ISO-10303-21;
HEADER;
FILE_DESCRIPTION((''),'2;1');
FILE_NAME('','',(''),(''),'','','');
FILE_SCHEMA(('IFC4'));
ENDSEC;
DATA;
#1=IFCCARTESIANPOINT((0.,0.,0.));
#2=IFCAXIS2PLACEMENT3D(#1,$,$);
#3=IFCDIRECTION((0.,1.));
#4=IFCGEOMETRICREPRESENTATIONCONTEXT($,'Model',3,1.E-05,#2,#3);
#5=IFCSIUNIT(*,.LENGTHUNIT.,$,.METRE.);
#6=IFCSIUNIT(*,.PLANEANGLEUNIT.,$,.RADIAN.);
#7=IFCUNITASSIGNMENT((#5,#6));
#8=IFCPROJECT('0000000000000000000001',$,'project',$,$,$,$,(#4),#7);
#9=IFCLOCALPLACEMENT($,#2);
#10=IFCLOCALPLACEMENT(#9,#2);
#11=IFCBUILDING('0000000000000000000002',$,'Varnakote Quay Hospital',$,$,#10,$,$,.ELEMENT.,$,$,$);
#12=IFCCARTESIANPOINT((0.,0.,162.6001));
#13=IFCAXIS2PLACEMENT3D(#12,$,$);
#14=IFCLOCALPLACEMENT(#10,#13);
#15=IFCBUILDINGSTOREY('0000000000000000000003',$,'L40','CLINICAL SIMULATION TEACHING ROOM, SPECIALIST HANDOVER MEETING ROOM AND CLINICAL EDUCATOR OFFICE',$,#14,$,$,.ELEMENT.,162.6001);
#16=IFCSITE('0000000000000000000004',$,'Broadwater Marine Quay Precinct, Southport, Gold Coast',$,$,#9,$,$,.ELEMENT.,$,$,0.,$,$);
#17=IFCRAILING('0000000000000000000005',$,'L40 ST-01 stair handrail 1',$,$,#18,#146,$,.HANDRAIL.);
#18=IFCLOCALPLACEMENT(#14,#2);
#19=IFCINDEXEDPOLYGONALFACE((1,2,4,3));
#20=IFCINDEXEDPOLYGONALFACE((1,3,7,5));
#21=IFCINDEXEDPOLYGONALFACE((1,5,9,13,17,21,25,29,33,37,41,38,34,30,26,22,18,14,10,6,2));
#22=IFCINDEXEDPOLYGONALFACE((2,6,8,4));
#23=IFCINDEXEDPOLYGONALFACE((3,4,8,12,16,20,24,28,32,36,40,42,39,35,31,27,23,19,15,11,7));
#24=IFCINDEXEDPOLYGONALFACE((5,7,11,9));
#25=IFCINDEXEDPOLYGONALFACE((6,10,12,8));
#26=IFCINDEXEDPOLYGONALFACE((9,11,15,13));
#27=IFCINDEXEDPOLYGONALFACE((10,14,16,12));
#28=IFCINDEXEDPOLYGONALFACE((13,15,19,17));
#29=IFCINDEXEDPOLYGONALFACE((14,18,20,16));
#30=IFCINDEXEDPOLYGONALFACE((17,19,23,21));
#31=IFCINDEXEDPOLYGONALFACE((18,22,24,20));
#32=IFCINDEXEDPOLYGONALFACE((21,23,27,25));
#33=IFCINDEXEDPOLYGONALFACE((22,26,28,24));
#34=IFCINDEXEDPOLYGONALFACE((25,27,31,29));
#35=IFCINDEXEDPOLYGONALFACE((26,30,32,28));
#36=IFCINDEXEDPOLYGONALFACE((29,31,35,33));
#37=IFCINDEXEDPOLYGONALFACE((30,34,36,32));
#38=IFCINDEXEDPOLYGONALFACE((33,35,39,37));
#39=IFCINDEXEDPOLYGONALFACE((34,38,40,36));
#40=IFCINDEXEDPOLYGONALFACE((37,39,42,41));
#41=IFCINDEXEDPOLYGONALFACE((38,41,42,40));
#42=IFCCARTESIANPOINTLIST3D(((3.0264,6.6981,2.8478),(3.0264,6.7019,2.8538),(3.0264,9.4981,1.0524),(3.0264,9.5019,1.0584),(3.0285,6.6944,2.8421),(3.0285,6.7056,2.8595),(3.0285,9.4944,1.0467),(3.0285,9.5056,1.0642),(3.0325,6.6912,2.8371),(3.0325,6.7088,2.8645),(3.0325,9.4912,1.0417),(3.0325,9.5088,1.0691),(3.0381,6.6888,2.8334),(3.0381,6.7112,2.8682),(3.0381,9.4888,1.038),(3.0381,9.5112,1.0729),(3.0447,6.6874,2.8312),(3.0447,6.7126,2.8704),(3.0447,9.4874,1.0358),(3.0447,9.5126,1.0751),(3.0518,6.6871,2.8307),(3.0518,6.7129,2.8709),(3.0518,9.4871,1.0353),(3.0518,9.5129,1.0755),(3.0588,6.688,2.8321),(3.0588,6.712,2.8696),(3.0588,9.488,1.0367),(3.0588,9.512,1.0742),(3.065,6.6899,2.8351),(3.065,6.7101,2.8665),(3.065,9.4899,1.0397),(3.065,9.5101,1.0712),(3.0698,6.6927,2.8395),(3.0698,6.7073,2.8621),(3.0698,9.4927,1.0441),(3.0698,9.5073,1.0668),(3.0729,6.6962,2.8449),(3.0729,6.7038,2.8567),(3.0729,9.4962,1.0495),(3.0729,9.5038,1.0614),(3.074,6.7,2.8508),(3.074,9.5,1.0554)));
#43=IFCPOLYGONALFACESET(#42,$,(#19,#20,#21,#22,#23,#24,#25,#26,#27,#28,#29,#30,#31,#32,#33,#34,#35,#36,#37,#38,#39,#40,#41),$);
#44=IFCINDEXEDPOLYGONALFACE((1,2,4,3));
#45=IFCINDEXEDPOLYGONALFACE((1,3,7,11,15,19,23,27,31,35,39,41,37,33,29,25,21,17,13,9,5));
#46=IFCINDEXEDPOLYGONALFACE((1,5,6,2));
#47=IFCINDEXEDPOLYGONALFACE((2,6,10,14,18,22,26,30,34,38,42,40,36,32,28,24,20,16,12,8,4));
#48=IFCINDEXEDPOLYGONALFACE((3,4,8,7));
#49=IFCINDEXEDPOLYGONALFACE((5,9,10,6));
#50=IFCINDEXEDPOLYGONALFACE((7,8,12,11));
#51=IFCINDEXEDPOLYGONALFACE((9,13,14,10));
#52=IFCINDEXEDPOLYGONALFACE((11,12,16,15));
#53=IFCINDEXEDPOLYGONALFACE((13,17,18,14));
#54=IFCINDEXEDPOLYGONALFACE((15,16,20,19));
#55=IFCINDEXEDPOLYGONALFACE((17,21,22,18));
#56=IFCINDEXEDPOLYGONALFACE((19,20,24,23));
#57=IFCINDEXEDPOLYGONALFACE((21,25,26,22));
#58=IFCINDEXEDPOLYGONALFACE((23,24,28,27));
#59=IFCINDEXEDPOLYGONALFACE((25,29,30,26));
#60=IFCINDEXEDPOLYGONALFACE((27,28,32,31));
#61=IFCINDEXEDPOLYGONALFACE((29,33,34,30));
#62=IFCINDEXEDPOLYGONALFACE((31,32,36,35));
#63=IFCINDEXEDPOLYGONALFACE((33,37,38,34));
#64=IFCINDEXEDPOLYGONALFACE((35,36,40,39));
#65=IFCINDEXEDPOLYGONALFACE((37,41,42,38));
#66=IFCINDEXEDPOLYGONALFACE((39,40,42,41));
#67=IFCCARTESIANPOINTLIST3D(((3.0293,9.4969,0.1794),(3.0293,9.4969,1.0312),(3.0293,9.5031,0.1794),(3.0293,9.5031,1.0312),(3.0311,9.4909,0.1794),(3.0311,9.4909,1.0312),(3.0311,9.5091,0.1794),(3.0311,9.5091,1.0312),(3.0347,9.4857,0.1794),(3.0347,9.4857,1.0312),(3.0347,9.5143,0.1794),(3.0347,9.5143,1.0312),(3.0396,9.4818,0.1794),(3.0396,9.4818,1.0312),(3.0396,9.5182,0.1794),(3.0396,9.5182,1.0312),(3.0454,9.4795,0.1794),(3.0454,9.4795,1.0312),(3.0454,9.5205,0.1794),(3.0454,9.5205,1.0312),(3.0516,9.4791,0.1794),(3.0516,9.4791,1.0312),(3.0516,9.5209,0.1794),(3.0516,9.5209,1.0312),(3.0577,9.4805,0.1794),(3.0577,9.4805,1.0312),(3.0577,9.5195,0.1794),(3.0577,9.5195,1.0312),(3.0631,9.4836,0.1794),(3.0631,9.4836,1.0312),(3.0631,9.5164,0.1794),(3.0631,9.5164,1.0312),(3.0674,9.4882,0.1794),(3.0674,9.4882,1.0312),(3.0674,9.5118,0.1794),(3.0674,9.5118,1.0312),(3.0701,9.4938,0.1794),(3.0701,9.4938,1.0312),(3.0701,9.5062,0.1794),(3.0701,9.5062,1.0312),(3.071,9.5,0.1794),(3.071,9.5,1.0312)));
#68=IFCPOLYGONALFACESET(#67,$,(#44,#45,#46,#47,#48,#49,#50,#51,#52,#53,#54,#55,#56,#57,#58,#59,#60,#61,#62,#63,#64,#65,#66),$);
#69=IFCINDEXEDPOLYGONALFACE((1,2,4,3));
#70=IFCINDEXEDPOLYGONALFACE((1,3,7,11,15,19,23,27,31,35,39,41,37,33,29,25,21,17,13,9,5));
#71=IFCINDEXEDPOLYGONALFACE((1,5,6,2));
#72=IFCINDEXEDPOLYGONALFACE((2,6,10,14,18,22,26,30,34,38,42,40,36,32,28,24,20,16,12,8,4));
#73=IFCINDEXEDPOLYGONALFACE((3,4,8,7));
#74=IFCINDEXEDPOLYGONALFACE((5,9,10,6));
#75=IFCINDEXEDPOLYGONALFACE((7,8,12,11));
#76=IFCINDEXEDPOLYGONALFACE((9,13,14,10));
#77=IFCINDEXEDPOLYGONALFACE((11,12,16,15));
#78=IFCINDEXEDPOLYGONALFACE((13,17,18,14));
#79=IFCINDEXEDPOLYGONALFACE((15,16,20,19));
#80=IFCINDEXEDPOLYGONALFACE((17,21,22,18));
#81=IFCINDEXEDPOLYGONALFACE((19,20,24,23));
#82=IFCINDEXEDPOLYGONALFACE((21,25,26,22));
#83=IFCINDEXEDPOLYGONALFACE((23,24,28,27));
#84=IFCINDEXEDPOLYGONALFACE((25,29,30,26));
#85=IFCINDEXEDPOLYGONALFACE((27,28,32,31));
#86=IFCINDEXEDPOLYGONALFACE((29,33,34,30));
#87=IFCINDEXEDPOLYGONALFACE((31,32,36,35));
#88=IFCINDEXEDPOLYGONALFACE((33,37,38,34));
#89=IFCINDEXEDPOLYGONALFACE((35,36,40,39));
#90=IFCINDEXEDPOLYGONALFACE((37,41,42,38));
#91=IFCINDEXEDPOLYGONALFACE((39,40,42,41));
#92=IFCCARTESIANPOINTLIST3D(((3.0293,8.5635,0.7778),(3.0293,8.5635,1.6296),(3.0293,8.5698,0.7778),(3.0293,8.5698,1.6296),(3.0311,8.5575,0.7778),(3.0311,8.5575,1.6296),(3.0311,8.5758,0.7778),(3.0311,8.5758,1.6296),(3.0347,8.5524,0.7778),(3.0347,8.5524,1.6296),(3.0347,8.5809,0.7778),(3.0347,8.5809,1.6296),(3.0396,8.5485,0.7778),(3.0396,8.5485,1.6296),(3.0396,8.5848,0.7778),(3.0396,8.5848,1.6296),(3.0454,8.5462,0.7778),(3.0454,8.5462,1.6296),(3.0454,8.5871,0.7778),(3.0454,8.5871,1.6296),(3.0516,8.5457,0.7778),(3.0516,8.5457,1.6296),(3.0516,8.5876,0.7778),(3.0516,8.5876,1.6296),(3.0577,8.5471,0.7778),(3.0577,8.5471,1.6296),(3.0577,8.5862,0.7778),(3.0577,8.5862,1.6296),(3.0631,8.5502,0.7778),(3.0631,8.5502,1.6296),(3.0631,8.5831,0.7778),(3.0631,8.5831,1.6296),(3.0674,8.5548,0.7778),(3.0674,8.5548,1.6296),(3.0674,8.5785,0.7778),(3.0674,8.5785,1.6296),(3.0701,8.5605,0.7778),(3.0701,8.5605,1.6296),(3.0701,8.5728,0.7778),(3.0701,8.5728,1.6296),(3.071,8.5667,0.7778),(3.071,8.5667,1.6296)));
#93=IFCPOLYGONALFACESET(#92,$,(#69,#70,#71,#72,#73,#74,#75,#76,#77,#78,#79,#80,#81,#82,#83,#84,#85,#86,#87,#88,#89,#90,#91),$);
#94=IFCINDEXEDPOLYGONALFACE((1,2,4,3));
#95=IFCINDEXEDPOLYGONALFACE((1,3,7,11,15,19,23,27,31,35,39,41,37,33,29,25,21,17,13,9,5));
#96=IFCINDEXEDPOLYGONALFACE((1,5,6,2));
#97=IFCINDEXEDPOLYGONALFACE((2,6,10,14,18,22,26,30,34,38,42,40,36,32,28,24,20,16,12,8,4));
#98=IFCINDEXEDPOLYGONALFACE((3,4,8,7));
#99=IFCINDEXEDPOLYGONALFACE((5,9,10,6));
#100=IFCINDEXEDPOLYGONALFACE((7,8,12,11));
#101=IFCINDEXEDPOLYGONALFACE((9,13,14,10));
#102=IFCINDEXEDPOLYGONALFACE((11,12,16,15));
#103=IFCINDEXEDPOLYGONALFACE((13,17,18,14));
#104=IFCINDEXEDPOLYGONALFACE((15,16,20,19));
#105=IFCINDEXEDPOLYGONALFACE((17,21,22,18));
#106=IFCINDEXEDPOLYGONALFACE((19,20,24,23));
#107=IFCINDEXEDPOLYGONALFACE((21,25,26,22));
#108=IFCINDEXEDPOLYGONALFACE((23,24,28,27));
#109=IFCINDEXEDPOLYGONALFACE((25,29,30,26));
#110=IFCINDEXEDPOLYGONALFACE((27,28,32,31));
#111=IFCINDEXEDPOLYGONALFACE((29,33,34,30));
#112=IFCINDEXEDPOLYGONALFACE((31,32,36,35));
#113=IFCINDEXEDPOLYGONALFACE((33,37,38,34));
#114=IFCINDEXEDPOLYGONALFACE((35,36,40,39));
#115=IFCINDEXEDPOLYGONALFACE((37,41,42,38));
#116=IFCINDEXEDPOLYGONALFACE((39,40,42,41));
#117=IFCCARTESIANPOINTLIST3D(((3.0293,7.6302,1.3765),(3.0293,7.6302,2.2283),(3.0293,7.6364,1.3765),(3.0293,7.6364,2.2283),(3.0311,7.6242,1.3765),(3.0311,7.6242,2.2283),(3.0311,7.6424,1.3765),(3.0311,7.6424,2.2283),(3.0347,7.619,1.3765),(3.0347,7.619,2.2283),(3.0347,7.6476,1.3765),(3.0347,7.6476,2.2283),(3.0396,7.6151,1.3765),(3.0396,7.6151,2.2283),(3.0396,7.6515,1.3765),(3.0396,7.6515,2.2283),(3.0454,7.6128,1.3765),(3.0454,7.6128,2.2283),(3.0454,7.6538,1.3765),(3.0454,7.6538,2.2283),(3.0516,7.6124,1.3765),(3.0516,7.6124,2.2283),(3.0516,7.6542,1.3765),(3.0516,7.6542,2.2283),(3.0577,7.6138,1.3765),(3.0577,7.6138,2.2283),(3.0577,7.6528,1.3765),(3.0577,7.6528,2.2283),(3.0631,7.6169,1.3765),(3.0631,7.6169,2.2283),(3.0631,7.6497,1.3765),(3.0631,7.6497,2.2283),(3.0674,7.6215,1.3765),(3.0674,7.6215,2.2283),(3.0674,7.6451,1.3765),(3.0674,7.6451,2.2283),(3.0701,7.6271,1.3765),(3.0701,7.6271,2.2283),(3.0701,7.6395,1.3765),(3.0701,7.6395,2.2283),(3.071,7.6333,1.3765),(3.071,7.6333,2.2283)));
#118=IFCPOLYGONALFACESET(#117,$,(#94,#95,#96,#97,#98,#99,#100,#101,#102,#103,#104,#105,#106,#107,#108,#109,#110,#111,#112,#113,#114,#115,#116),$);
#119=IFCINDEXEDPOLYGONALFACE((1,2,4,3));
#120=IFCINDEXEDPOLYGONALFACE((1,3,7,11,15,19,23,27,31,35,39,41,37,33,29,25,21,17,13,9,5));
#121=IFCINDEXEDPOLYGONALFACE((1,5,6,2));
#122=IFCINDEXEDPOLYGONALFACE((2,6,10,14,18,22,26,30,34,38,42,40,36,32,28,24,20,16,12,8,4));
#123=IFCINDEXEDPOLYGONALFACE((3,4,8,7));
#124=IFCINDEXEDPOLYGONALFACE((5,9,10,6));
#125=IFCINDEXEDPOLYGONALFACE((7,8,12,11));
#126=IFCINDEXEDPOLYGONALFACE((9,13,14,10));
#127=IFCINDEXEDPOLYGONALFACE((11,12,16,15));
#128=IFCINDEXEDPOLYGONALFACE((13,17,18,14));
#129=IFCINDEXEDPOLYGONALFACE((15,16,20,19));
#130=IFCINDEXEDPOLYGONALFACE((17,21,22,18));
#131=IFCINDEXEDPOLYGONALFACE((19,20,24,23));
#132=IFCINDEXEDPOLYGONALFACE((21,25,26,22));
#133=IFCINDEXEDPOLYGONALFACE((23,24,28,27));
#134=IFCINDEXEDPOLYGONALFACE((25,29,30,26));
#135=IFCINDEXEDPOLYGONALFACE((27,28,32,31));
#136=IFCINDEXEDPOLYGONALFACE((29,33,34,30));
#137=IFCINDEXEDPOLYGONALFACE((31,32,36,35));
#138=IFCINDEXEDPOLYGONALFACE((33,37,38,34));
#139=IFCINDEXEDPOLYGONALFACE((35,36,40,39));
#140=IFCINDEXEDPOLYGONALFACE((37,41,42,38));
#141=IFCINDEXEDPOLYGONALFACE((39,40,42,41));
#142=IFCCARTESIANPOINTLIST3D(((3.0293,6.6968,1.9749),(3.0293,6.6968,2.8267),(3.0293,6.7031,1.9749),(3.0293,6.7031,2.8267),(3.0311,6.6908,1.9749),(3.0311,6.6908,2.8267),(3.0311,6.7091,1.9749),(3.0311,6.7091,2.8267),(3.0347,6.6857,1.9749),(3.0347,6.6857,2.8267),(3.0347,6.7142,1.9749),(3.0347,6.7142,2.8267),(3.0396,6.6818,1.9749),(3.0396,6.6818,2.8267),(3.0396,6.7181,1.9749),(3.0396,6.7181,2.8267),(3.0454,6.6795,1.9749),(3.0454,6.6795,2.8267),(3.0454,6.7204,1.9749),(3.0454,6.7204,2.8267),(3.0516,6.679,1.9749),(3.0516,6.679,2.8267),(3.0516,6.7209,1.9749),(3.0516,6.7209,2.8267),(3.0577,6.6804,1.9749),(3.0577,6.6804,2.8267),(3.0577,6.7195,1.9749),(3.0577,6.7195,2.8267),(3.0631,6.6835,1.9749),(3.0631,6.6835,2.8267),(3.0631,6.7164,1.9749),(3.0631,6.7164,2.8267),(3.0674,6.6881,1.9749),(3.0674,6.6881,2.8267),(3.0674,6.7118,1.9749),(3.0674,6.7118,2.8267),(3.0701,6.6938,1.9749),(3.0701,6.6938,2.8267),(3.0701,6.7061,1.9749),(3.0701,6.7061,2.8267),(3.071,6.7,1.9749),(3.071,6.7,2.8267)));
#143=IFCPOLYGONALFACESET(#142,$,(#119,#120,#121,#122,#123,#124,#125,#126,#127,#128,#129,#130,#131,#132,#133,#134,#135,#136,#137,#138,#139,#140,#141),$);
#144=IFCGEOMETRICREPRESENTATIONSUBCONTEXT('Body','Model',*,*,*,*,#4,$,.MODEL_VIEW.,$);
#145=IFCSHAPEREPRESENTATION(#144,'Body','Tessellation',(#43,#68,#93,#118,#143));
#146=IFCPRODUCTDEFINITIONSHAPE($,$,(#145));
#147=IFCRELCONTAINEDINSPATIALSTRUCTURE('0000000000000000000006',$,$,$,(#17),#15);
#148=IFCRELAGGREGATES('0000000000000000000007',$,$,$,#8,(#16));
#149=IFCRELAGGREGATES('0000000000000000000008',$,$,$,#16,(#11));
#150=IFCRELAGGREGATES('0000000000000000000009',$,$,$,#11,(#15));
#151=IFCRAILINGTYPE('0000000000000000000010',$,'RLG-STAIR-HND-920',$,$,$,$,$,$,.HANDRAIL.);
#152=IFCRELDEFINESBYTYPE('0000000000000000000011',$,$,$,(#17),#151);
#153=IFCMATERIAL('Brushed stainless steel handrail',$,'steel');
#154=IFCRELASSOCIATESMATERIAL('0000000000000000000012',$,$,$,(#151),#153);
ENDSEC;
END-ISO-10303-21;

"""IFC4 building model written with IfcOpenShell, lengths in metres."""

from ifc_helpers import new_model, si_unit, direction, frame, origin, origin_2d, place, context, subcontext, project, spatial, circle, extrude, material, type_object, element, save


model = new_model("IFC4")

# Units and contexts
model_context = context("Model", 3, precision=1e-05, world=origin(), true_north=direction((0.0, 1.0)))
body_context = subcontext(model_context, "Body", "Model", "MODEL_VIEW")
ifc_project = project(units=[si_unit("LENGTHUNIT", "METRE"), si_unit("PLANEANGLEUNIT", "RADIAN")], contexts=[model_context])

# Site, building, storey
site_placement = place(None, origin())
site = spatial("IfcSite", under=ifc_project, at=site_placement, Name="Broadwater Marine Quay Precinct, Southport, Gold Coast", CompositionType="ELEMENT", RefElevation=0.0)
building_placement = place(site_placement, origin())
building = spatial("IfcBuilding", under=site, at=building_placement, Name="Varnakote Quay Hospital", CompositionType="ELEMENT")
storey_placement = place(building_placement, frame((0.0, 0.0, 162.6001)))
storey = spatial("IfcBuildingStorey", under=building, at=storey_placement, Name="L40", Description="CLINICAL SIMULATION TEACHING ROOM, SPECIALIST HANDOVER MEETING ROOM AND CLINICAL EDUCATOR OFFICE", CompositionType="ELEMENT", Elevation=162.6001)

# Railing
ifc_material_1 = material(Name="Brushed stainless steel handrail", Category="steel")
railing_type_1 = type_object("IfcRailingType", Name="RLG-STAIR-HND-920", PredefinedType="HANDRAIL", material=ifc_material_1)
railing_1_placement = place(storey_placement, frame((3.05, 9.5, 0.1794)))
element("IfcRailing", 1, at=railing_1_placement, inside=storey, type_object=railing_type_1, Name="L40 ST-01 stair handrail 1", PredefinedType="HANDRAIL", context=body_context, shape_type="SweptSolid", body=[
    extrude(circle(Radius=0.0239, at=origin_2d()), frame((0.0, 0.0, 0.876), z_axis=(0.0, -0.84181, 0.539774), x_axis=(1.0, 0.0, 0.0)), (0.0, 0.0, 1.0), 3.3262),
    extrude(circle(Radius=0.021, at=origin_2d()), origin(), (0.0, 0.0, 1.0), 0.8518),
    extrude(circle(Radius=0.021, at=origin_2d()), frame((0.0, -0.9333, 0.5984)), (0.0, 0.0, 1.0), 0.8518),
    extrude(circle(Radius=0.021, at=origin_2d()), frame((0.0, -1.8667, 1.197)), (0.0, 0.0, 1.0), 0.8518),
    extrude(circle(Radius=0.021, at=origin_2d()), frame((0.0, -2.8, 1.7954)), (0.0, 0.0, 1.0), 0.8518),
])

save(model, "model.ifc")
